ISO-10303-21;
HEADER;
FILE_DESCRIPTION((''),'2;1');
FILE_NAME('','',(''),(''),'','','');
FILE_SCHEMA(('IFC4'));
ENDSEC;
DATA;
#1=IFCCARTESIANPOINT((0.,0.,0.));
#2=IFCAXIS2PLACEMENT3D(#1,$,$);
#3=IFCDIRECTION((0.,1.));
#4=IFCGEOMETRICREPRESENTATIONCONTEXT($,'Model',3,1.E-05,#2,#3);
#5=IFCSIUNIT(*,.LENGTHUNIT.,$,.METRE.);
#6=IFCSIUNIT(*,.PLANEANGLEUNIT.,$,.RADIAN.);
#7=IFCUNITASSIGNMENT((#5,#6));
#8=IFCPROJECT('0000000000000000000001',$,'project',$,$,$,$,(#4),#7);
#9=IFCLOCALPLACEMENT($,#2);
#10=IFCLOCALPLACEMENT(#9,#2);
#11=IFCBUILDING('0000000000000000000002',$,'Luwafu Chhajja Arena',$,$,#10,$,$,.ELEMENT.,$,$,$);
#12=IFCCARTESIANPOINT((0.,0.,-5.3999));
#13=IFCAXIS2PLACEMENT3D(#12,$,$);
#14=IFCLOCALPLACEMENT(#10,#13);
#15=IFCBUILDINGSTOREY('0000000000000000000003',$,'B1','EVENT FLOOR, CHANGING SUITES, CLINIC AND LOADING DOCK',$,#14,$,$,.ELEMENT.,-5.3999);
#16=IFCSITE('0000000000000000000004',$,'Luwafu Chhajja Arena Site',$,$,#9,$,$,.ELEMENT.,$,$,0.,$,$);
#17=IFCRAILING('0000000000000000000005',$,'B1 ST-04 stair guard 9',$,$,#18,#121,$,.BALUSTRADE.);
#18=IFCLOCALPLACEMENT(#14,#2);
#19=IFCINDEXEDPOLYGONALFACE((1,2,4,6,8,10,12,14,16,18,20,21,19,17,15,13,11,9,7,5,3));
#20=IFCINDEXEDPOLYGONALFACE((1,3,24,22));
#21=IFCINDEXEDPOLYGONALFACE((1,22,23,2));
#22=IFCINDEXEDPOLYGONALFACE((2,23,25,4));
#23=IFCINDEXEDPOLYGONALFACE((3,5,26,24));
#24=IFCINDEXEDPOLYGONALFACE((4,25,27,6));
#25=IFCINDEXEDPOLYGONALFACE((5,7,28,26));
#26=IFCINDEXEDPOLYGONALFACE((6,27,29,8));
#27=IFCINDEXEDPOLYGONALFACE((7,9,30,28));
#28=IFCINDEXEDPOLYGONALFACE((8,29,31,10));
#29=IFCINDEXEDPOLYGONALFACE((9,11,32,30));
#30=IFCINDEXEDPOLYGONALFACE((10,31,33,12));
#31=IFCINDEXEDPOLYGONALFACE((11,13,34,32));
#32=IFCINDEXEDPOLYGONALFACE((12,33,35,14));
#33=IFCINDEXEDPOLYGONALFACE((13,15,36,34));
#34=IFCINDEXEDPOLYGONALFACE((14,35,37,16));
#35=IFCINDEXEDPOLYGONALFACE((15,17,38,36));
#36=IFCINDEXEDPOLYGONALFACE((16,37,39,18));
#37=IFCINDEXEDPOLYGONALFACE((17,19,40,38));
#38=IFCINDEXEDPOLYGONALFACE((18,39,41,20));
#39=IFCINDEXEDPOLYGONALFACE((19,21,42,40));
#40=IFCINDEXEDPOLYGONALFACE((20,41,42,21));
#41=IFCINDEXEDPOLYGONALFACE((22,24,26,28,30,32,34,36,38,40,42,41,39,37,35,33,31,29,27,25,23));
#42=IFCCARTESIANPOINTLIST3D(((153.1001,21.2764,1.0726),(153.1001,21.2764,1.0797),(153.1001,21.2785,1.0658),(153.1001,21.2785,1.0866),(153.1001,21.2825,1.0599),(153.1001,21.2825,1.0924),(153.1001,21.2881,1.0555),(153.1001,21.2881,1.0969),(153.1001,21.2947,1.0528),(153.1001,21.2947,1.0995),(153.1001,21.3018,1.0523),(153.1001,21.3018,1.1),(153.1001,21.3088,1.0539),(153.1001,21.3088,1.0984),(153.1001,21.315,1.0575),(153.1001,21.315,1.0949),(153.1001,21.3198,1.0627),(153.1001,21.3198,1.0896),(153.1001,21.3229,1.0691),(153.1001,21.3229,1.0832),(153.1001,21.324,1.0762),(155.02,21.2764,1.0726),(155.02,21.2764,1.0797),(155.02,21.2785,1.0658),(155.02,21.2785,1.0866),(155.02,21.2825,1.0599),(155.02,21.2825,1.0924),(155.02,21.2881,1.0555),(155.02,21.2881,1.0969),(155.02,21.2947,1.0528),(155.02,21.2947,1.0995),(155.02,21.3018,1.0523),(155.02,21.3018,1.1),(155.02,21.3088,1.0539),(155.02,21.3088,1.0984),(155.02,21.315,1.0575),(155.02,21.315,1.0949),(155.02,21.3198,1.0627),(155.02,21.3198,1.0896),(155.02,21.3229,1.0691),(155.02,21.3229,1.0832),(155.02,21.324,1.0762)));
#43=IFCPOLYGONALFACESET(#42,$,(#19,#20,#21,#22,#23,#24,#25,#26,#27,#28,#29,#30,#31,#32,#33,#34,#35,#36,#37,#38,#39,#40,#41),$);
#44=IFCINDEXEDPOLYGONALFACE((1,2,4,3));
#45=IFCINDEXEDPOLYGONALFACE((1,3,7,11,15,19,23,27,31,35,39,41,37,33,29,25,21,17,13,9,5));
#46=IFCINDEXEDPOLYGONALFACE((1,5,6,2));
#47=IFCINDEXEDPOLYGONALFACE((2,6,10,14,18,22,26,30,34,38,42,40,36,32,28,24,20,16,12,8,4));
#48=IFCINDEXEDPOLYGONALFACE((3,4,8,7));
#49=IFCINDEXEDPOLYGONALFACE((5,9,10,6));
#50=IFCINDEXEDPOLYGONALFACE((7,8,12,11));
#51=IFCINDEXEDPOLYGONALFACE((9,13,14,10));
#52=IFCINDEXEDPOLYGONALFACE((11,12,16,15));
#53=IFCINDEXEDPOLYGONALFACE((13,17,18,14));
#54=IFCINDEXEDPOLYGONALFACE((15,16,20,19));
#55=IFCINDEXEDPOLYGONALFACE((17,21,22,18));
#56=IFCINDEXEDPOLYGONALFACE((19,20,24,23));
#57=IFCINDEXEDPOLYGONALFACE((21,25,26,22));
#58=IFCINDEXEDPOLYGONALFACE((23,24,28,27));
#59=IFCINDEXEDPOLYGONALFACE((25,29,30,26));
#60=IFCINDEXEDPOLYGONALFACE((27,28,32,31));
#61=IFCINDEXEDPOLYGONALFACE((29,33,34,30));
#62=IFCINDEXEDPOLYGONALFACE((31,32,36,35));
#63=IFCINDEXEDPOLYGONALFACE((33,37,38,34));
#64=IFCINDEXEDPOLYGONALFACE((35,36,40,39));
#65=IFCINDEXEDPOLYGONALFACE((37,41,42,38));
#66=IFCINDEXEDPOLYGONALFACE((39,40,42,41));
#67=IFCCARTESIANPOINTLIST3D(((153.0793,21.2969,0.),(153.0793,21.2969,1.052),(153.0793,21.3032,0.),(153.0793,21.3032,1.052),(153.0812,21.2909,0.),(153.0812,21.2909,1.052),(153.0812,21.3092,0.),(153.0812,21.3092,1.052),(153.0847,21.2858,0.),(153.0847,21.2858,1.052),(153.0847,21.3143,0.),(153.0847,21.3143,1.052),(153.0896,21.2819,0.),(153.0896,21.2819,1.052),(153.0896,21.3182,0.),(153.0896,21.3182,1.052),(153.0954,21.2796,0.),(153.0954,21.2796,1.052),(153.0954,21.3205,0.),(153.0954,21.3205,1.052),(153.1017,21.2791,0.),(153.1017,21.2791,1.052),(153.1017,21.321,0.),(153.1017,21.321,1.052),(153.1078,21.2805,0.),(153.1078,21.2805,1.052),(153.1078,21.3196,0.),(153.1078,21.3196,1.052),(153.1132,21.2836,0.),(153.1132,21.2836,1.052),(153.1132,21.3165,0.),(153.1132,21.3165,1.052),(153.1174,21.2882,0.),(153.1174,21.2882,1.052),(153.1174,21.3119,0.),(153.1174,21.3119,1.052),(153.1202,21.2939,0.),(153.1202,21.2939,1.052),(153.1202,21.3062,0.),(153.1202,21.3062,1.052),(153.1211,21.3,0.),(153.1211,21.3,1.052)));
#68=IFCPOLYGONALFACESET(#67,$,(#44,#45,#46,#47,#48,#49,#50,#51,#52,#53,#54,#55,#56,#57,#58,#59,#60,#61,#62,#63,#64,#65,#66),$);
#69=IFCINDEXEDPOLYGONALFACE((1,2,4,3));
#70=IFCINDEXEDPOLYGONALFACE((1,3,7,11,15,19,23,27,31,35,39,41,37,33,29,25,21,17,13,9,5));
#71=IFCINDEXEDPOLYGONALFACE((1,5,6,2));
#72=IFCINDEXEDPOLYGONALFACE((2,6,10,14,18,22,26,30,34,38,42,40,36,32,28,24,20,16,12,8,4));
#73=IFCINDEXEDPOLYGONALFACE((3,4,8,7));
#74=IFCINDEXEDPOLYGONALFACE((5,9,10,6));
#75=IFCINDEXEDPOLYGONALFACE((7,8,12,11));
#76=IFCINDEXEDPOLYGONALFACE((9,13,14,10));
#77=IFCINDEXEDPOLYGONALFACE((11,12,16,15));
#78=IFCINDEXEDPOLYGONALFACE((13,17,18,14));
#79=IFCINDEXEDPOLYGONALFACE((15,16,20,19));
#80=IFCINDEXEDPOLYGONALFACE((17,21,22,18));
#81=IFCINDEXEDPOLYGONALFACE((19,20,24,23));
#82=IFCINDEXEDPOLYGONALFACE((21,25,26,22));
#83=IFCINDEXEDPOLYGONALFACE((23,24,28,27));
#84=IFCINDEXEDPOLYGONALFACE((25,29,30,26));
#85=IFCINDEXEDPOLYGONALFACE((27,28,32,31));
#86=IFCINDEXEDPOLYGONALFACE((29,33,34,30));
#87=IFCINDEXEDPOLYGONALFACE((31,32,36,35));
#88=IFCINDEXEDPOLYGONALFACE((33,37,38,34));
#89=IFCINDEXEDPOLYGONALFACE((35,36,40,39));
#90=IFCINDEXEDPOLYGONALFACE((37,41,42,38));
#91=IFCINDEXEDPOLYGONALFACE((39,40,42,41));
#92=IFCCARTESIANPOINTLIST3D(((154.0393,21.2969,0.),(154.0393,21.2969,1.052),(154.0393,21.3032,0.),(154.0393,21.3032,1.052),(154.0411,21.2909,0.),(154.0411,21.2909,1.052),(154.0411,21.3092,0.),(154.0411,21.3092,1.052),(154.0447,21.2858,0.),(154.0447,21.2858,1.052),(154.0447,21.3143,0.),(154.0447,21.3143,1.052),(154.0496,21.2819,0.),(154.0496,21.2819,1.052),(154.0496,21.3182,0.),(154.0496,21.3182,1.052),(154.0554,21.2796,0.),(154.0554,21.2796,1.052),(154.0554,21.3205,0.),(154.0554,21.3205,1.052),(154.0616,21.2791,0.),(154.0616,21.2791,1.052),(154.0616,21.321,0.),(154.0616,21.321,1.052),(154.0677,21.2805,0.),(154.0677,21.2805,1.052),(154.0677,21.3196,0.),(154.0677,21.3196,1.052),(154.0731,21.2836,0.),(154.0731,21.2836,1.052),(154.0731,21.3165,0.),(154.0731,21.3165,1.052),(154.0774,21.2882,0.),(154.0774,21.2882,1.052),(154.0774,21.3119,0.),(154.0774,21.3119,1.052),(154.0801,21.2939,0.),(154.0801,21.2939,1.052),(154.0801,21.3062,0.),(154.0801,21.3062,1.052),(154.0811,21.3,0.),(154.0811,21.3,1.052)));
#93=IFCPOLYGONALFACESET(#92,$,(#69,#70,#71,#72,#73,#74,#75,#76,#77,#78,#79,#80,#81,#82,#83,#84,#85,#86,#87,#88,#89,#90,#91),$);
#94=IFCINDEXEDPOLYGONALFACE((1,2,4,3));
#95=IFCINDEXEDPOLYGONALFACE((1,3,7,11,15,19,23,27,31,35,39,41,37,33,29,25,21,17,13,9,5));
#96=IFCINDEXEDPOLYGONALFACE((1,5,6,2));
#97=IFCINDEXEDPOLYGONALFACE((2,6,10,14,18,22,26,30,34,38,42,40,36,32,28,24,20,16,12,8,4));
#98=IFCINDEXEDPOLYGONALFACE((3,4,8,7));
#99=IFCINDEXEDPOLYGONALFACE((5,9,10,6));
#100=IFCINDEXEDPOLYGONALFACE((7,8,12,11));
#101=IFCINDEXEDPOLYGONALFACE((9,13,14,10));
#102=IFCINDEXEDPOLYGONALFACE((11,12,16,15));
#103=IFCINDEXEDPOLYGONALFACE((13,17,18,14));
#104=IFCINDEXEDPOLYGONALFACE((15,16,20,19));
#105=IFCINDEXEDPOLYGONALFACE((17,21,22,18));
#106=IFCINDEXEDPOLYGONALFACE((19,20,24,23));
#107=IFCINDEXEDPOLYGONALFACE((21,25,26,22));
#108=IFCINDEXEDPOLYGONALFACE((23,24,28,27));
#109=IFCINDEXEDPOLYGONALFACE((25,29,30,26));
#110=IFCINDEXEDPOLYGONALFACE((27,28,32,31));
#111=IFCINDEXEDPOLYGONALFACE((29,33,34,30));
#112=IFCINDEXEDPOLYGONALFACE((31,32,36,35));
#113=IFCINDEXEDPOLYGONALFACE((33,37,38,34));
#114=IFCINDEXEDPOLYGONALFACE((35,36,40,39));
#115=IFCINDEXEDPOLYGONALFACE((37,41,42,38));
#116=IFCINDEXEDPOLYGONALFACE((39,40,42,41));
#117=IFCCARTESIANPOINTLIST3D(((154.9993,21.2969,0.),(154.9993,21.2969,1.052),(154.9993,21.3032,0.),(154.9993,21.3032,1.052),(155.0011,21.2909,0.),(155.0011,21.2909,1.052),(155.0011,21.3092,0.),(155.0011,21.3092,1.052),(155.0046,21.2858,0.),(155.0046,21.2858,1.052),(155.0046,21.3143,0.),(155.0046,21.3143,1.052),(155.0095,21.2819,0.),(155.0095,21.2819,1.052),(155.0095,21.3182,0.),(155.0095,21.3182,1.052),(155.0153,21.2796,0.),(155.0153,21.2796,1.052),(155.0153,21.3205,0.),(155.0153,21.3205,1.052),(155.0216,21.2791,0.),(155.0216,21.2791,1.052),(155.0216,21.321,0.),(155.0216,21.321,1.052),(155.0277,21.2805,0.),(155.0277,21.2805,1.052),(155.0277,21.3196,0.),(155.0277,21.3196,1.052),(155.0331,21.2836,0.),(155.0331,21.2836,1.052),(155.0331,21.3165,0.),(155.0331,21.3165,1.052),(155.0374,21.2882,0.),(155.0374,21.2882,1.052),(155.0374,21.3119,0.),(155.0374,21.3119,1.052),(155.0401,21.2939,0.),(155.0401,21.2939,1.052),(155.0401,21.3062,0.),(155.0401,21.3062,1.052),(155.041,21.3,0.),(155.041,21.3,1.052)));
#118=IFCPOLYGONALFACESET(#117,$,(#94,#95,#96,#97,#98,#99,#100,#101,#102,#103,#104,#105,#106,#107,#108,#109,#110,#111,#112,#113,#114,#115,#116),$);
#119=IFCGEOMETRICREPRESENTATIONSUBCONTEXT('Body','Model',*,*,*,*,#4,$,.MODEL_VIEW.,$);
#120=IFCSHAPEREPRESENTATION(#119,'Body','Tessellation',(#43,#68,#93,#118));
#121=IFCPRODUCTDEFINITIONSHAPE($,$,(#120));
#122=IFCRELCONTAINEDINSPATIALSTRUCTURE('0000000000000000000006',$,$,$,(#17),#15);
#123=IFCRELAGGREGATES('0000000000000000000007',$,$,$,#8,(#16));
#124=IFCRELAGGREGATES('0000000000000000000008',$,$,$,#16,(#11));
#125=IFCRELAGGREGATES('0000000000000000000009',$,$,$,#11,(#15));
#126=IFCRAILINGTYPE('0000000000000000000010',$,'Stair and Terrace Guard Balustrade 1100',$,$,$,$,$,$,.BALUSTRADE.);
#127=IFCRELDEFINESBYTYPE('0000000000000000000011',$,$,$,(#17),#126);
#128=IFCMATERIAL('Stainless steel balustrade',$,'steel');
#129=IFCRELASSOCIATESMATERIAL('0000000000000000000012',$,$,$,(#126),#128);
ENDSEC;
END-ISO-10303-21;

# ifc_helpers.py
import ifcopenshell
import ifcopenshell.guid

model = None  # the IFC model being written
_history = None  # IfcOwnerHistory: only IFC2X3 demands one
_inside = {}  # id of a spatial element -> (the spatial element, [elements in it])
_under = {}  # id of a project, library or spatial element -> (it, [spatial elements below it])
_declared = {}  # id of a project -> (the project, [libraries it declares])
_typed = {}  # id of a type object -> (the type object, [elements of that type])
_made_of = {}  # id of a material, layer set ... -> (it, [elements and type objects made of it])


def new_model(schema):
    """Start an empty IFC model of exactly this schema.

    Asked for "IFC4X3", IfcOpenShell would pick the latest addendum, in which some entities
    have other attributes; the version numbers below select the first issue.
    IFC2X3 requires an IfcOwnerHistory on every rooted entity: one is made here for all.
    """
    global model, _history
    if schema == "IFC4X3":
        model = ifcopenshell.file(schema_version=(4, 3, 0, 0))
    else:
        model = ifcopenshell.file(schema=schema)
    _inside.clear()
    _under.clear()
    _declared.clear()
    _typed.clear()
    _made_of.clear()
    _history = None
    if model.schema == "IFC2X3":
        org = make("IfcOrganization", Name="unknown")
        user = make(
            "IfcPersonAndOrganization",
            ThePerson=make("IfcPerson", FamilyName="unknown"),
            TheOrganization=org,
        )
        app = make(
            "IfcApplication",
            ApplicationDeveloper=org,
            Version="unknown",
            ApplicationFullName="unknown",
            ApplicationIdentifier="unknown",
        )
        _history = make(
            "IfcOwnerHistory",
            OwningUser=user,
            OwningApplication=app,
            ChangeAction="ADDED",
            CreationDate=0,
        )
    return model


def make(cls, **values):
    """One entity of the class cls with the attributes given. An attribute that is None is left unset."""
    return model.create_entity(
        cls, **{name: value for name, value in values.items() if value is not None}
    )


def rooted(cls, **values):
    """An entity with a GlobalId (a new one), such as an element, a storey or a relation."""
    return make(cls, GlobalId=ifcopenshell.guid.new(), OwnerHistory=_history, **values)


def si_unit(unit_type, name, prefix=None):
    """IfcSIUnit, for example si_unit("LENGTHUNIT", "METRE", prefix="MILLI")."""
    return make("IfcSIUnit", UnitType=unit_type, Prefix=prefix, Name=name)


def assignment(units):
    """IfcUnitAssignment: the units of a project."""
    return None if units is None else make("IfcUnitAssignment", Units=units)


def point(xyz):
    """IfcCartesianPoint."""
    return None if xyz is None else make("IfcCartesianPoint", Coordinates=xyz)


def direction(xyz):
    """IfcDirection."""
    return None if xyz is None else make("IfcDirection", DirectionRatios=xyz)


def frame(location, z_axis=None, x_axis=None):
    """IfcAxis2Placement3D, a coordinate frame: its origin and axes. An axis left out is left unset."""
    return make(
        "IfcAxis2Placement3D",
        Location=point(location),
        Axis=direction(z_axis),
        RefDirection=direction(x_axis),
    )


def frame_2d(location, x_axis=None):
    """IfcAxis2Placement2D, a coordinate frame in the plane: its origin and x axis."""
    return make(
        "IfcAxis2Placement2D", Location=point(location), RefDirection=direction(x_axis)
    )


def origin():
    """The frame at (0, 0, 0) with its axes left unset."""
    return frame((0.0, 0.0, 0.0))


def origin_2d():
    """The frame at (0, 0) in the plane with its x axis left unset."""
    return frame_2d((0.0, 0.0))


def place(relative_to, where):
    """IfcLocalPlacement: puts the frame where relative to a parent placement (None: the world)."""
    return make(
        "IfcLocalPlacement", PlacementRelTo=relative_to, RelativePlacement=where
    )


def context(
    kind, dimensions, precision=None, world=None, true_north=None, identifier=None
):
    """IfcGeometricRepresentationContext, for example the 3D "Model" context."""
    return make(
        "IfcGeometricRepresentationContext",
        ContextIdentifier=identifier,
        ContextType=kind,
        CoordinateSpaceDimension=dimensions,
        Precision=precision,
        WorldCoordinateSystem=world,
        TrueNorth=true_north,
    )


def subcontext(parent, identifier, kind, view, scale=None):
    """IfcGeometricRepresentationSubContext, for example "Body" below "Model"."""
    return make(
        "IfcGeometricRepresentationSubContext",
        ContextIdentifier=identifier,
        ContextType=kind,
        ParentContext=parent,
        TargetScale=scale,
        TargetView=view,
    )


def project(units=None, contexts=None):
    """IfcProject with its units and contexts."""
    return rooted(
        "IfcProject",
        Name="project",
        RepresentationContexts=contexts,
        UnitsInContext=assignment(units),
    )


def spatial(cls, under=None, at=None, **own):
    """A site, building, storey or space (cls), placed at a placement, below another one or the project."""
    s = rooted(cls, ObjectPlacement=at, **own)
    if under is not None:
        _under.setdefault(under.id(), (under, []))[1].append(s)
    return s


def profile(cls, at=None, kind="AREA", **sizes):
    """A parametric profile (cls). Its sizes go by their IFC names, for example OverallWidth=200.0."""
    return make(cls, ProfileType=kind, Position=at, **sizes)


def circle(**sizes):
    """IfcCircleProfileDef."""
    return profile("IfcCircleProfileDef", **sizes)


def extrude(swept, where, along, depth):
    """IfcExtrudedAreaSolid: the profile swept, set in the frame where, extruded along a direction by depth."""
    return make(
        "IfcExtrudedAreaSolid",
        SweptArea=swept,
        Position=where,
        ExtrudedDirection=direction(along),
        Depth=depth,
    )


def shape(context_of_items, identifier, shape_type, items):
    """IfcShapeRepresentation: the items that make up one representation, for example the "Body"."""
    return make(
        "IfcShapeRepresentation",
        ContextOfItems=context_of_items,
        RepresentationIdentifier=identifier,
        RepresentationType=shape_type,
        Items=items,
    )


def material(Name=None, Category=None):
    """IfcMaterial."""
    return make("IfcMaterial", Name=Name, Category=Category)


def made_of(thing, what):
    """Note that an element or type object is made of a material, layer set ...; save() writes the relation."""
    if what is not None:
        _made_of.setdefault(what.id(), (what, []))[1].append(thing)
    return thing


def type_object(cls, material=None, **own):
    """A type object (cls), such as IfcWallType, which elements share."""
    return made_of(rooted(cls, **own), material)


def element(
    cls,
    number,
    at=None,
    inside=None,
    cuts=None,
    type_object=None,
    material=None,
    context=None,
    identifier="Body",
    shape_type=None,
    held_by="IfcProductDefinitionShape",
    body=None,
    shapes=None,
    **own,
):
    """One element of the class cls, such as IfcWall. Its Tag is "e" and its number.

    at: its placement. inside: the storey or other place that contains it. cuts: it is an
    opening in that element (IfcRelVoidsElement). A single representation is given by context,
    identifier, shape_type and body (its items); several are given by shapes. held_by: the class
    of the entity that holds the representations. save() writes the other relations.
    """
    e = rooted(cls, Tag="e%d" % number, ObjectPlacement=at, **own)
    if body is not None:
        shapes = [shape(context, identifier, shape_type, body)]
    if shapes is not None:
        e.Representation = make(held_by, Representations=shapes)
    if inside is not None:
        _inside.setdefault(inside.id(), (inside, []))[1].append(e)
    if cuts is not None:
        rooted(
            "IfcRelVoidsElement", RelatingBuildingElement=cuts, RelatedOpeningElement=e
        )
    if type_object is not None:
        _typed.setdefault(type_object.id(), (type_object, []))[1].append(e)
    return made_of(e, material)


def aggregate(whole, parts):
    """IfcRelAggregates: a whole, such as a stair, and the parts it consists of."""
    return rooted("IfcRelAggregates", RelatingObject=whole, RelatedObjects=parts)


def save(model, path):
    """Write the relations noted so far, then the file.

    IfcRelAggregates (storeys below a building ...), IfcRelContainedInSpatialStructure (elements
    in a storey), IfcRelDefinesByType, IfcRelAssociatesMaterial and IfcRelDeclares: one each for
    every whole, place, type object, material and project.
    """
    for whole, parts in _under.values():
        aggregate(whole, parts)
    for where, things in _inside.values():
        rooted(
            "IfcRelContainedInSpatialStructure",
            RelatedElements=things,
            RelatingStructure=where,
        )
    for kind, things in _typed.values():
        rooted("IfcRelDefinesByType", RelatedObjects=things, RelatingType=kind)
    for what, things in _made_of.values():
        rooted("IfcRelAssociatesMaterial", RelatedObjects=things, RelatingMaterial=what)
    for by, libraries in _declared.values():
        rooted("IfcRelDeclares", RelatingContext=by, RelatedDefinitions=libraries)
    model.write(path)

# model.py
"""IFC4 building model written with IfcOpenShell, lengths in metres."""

from ifc_helpers import new_model, si_unit, direction, frame, origin, origin_2d, place, context, subcontext, project, spatial, circle, extrude, material, type_object, element, save


model = new_model("IFC4")

# Units and contexts
model_context = context("Model", 3, precision=1e-05, world=origin(), true_north=direction((0.0, 1.0)))
body_context = subcontext(model_context, "Body", "Model", "MODEL_VIEW")
ifc_project = project(units=[si_unit("LENGTHUNIT", "METRE"), si_unit("PLANEANGLEUNIT", "RADIAN")], contexts=[model_context])

# Site, building, storey
site_placement = place(None, origin())
site = spatial("IfcSite", under=ifc_project, at=site_placement, Name="Luwafu Chhajja Arena Site", CompositionType="ELEMENT", RefElevation=0.0)
building_placement = place(site_placement, origin())
building = spatial("IfcBuilding", under=site, at=building_placement, Name="Luwafu Chhajja Arena", CompositionType="ELEMENT")
storey_placement = place(building_placement, frame((0.0, 0.0, -5.3999)))
storey = spatial("IfcBuildingStorey", under=building, at=storey_placement, Name="B1", Description="EVENT FLOOR, CHANGING SUITES, CLINIC AND LOADING DOCK", CompositionType="ELEMENT", Elevation=-5.3999)

# Railing
ifc_material_1 = material(Name="Stainless steel balustrade", Category="steel")
railing_type = type_object("IfcRailingType", Name="Stair and Terrace Guard Balustrade 1100", PredefinedType="BALUSTRADE", material=ifc_material_1)
for number, where, name in (
    (1, (153.1001, 21.3, 0.0), "B1 ST-04 stair guard 9"),
):
    element("IfcRailing", number, at=place(storey_placement, frame(where)), inside=storey, type_object=railing_type, Name=name, PredefinedType="BALUSTRADE", context=body_context, shape_type="SweptSolid", body=[
        extrude(circle(Radius=0.0239, at=origin_2d()), frame((0.0, 0.0, 1.0762), z_axis=(1.0, 0.0, 0.0), x_axis=(0.0, 1.0, 0.0)), (0.0, 0.0, 1.0), 1.9199),
        extrude(circle(Radius=0.021, at=origin_2d()), origin(), (0.0, 0.0, 1.0), 1.052),
        extrude(circle(Radius=0.021, at=origin_2d()), frame((0.96, 0.0, 0.0)), (0.0, 0.0, 1.0), 1.052),
        extrude(circle(Radius=0.021, at=origin_2d()), frame((1.9199, 0.0, 0.0)), (0.0, 0.0, 1.0), 1.052),
    ])

save(model, "model.ifc")
